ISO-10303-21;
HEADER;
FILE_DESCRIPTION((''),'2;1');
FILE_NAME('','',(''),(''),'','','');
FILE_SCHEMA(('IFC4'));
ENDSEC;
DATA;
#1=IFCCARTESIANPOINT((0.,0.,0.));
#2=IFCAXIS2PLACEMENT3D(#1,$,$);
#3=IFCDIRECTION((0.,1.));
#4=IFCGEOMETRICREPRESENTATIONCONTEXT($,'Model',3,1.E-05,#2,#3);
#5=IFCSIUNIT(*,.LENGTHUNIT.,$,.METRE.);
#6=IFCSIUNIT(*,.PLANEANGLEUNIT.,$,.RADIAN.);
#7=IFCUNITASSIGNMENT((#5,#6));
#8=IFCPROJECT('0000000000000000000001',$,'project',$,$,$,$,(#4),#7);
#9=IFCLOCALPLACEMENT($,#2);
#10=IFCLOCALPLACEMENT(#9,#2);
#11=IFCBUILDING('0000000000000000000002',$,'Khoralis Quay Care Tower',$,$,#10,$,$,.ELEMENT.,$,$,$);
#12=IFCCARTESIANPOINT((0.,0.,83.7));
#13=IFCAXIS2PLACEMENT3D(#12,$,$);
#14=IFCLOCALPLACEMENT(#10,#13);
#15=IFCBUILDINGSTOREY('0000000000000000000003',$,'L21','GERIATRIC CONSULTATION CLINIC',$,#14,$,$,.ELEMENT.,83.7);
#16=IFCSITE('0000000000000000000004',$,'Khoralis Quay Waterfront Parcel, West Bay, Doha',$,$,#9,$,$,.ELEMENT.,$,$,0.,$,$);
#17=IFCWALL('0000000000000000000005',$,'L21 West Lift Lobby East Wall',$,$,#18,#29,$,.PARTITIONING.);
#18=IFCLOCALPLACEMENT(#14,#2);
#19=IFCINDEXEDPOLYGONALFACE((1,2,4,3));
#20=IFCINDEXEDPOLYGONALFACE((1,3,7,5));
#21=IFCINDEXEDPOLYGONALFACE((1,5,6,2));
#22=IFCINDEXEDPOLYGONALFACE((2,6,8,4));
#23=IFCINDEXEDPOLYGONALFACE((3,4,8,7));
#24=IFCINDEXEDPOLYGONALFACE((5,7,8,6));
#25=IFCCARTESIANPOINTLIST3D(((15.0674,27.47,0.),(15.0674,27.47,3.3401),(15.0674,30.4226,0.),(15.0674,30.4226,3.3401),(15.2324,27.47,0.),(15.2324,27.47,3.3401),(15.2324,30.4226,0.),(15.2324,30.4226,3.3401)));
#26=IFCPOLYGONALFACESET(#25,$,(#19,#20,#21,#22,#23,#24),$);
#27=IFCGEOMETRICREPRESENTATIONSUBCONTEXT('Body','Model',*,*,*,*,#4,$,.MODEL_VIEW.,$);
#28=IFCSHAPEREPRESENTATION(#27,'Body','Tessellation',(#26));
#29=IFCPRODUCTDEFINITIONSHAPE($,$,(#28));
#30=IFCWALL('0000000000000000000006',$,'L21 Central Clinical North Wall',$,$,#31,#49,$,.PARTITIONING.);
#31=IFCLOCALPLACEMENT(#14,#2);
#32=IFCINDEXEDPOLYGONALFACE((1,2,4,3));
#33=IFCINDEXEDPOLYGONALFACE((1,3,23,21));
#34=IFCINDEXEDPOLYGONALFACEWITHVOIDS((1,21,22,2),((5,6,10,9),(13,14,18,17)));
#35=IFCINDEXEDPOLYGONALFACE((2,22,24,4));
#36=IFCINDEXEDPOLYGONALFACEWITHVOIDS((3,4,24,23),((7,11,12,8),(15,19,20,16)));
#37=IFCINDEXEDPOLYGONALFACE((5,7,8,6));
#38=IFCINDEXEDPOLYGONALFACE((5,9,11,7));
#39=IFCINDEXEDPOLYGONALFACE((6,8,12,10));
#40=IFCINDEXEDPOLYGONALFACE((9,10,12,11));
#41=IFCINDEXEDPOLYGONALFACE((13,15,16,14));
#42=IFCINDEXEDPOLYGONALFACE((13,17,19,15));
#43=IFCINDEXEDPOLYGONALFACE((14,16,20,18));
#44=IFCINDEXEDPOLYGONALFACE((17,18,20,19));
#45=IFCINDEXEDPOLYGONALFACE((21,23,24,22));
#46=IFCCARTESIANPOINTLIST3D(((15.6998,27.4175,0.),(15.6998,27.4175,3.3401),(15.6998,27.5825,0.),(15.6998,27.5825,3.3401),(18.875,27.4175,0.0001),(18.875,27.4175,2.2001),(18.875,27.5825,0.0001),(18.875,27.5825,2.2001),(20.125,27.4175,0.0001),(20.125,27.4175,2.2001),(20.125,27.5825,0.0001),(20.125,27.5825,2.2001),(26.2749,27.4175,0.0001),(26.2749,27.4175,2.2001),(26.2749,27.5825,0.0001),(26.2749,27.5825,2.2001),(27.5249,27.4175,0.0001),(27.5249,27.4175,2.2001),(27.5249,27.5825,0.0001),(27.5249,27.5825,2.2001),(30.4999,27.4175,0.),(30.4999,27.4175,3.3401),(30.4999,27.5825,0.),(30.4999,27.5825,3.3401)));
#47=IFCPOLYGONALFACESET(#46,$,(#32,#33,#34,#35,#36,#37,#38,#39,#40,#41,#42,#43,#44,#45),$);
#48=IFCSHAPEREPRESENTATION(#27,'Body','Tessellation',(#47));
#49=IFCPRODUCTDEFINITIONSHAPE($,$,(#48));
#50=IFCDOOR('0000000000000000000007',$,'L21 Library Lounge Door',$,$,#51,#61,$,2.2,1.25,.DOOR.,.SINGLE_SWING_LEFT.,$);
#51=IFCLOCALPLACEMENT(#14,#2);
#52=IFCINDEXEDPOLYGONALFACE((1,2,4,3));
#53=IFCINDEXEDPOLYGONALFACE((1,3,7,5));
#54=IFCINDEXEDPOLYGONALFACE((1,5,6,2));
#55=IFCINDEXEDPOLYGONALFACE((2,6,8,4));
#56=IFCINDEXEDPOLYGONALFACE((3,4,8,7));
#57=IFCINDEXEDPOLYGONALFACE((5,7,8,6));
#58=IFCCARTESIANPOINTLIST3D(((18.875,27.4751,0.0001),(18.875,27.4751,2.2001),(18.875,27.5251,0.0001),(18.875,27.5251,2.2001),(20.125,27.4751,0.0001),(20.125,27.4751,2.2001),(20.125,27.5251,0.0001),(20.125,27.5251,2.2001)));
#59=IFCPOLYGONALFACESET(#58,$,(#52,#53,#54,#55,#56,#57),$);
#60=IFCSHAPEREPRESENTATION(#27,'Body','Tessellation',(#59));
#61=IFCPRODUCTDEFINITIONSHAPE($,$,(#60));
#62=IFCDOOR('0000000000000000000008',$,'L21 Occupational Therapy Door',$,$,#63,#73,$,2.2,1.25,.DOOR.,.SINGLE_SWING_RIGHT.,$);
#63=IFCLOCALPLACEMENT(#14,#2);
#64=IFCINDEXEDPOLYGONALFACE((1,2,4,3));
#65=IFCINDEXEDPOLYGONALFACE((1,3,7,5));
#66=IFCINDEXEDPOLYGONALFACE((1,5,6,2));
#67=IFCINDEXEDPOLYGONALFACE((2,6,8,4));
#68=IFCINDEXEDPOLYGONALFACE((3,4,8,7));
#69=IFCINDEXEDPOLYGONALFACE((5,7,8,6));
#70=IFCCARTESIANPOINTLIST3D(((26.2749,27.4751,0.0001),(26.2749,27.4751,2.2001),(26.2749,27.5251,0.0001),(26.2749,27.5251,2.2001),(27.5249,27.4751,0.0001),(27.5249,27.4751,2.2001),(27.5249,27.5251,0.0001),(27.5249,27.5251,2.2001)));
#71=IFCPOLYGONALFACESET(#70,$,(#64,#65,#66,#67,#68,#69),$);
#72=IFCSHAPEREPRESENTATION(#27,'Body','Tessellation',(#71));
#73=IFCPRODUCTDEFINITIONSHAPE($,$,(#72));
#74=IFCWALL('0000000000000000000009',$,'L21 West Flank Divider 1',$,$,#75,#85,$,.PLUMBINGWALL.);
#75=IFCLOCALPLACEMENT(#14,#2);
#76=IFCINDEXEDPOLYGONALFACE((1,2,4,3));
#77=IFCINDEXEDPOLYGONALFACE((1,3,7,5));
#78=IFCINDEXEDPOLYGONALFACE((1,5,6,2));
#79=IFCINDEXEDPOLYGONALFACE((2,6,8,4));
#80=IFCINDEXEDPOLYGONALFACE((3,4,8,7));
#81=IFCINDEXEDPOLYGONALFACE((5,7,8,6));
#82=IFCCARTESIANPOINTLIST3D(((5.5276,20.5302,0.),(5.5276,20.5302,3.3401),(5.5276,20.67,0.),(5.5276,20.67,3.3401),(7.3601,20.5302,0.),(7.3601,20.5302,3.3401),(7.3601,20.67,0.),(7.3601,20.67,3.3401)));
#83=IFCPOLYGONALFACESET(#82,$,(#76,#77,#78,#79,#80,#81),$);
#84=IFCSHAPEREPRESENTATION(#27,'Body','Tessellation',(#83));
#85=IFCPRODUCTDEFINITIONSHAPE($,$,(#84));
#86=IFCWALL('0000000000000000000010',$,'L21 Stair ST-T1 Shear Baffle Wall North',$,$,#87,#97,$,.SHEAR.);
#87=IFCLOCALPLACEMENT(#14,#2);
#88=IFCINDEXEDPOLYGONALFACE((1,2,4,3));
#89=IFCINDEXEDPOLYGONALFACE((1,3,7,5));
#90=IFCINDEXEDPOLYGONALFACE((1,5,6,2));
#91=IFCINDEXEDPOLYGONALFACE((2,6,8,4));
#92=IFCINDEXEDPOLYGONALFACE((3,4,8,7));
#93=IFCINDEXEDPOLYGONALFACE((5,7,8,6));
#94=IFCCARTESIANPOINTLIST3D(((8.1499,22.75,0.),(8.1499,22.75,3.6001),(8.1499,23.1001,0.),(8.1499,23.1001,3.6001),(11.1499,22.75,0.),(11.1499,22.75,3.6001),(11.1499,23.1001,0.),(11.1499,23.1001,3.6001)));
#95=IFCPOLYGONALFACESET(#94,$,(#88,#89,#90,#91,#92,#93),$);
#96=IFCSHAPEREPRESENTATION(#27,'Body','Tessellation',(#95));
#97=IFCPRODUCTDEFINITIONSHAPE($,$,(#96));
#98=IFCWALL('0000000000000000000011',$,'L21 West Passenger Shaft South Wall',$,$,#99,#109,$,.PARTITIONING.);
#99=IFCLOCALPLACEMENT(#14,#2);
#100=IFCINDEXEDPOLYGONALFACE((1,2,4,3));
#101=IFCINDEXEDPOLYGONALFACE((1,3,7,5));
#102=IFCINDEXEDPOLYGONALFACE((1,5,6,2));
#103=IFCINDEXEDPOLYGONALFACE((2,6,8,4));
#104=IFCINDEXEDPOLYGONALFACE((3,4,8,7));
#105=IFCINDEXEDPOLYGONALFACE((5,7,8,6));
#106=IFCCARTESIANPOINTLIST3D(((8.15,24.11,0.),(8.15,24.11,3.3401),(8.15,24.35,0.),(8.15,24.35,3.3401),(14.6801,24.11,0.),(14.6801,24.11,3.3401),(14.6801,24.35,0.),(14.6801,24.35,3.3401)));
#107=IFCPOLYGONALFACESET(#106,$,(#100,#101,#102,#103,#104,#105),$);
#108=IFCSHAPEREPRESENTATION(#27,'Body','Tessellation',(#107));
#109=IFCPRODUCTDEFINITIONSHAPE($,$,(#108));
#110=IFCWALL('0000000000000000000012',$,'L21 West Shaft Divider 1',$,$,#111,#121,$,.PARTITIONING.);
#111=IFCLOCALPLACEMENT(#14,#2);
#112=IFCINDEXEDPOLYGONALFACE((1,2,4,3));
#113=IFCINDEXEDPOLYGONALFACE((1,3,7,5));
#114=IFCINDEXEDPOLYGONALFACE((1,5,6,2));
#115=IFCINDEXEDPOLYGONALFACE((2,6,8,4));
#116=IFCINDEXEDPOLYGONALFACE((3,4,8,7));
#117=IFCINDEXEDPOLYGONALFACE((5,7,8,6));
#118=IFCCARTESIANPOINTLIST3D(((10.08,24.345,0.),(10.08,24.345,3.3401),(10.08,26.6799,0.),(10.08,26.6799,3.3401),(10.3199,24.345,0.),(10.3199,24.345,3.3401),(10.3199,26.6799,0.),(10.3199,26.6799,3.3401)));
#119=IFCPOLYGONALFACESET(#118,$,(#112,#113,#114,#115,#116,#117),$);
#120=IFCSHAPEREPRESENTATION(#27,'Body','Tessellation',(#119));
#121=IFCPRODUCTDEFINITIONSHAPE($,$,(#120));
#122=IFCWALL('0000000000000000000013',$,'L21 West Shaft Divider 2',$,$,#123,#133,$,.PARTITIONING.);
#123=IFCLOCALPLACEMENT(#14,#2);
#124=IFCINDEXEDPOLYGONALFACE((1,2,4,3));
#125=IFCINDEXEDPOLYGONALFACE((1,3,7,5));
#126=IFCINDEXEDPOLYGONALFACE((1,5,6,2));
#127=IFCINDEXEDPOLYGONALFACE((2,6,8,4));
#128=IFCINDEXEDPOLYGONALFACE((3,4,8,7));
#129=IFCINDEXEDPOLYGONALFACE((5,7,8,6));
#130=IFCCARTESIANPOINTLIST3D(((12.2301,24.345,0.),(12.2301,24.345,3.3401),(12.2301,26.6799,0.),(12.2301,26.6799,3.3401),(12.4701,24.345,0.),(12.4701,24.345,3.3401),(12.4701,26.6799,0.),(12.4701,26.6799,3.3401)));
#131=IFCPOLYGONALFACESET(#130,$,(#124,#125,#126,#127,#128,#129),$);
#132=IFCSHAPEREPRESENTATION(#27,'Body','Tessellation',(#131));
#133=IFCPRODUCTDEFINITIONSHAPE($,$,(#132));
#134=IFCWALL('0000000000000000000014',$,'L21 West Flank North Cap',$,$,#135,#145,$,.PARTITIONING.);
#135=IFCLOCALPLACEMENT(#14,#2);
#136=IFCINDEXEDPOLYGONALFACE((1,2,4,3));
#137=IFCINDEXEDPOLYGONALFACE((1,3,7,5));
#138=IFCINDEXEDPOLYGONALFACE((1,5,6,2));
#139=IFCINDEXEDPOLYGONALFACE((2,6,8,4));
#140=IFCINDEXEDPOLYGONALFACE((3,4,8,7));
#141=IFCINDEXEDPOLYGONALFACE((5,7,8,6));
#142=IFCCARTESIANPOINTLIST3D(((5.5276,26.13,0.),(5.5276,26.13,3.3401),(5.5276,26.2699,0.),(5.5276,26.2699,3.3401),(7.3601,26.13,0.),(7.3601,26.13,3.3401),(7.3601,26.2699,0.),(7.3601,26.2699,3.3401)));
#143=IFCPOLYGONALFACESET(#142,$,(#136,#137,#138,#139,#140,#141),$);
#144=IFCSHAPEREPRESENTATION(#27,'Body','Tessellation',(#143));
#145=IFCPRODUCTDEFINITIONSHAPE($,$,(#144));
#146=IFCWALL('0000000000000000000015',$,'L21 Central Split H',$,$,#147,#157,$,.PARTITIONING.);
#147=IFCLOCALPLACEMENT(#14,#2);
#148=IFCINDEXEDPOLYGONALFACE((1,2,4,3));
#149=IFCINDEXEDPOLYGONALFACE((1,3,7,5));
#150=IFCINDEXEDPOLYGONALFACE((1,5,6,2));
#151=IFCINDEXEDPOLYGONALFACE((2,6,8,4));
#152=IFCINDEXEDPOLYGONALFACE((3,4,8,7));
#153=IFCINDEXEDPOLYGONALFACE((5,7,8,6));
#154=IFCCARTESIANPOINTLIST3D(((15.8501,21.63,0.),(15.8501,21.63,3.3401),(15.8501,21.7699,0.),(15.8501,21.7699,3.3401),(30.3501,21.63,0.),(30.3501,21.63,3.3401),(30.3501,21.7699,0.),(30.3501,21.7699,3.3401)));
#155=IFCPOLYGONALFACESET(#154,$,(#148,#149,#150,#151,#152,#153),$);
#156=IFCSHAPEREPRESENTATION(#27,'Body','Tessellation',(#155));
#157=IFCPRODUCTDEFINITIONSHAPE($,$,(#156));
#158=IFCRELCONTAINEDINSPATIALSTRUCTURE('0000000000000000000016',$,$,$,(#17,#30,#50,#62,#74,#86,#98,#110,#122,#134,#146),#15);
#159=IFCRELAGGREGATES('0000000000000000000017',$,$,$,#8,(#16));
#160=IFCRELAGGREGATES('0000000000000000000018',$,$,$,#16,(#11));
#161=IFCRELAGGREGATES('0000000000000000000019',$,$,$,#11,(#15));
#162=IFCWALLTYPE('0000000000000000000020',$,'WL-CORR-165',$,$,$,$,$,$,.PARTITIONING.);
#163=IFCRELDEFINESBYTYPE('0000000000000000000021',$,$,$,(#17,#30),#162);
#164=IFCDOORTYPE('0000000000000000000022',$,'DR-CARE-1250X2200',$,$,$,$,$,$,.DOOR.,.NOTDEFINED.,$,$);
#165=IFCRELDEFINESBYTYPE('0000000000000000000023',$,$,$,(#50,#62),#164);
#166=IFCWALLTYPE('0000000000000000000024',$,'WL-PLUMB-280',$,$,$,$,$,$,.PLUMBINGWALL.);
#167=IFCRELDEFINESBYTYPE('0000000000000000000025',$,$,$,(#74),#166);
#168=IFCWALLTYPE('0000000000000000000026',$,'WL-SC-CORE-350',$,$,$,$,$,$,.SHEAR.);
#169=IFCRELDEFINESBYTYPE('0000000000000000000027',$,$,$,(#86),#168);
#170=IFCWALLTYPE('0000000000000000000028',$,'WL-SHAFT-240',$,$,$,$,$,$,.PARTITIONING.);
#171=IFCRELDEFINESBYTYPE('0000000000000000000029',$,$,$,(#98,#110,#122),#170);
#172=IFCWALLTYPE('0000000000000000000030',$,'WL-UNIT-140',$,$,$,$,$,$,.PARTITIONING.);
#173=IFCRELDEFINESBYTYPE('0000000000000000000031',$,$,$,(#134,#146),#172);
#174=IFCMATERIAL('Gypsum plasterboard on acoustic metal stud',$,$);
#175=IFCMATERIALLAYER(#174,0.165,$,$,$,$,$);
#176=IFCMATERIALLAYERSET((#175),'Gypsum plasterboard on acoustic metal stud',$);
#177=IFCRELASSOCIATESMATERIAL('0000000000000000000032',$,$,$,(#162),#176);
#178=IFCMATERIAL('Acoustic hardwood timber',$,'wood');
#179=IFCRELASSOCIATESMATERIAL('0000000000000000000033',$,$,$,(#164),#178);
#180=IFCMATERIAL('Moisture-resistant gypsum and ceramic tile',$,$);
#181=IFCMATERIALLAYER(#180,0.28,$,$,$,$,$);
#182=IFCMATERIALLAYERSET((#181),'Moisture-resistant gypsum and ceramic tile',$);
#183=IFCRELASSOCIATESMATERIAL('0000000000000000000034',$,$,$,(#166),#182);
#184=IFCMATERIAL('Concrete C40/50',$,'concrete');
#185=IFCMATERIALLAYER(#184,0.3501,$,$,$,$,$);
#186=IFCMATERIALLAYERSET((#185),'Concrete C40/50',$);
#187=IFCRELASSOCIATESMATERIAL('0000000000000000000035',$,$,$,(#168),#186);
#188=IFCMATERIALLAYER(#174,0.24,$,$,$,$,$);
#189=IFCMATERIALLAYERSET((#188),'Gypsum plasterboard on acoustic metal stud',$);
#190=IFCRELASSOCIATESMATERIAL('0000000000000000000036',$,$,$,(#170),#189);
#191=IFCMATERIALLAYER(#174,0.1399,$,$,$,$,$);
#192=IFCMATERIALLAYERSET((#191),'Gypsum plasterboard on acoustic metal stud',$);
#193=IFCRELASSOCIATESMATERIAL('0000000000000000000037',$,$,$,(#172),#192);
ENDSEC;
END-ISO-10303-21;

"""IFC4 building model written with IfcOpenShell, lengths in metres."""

from ifc_helpers import new_model, si_unit, direction, frame, frame_2d, origin, place, context, subcontext, project, spatial, rectangle, extrude, source, transform, mapped, material, layer, layer_set, type_object, element, fill, save


model = new_model("IFC4")

# Units and contexts
model_context = context("Model", 3, precision=1e-05, world=origin(), true_north=direction((0.0, 1.0)))
body_context = subcontext(model_context, "Body", "Model", "MODEL_VIEW")
ifc_project = project(units=[si_unit("LENGTHUNIT", "METRE"), si_unit("PLANEANGLEUNIT", "RADIAN")], contexts=[model_context])

# Site, building, storey
site_placement = place(None, origin())
site = spatial("IfcSite", under=ifc_project, at=site_placement, Name="Khoralis Quay Waterfront Parcel, West Bay, Doha", CompositionType="ELEMENT", RefElevation=0.0)
building_placement = place(site_placement, origin())
building = spatial("IfcBuilding", under=site, at=building_placement, Name="Khoralis Quay Care Tower", CompositionType="ELEMENT")
storey_placement = place(building_placement, frame((0.0, 0.0, 83.7)))
storey = spatial("IfcBuildingStorey", under=building, at=storey_placement, Name="L21", Description="GERIATRIC CONSULTATION CLINIC", CompositionType="ELEMENT", Elevation=83.7)

# Wall
ifc_material_1 = material(Name="Gypsum plasterboard on acoustic metal stud")
ifc_layer_1 = layer(ifc_material_1, 0.165)
ifc_layer_set_1 = layer_set([ifc_layer_1], Name="Gypsum plasterboard on acoustic metal stud")
wall_type_1 = type_object("IfcWallType", Name="WL-CORR-165", PredefinedType="PARTITIONING", material=ifc_layer_set_1)
for number, where, z_axis, x_axis, name in (
    (1, (15.1499, 27.47, 0.0), (0.0, 0.0, 1.0), (0.0, 1.0, 0.0), "L21 West Lift Lobby East Wall"),
):
    element("IfcWall", number, at=place(storey_placement, frame(where, z_axis=z_axis, x_axis=x_axis)), inside=storey, type_object=wall_type_1, Name=name, PredefinedType="PARTITIONING", context=body_context, shape_type="SweptSolid", body=[
        extrude(rectangle(XDim=2.9526, YDim=0.165, at=frame_2d((1.4763, 0.0))), origin(), (0.0, 0.0, 1.0), 3.3401),
    ])

# Wall, openings, doors
wall_1_placement = place(storey_placement, frame((15.7, 27.5, 0.0), z_axis=(0.0, 0.0, 1.0), x_axis=(1.0, 0.0, 0.0)))
wall_1 = element("IfcWall", 2, at=wall_1_placement, inside=storey, type_object=wall_type_1, Name="L21 Central Clinical North Wall", PredefinedType="PARTITIONING", context=body_context, shape_type="SweptSolid", body=[
    extrude(rectangle(XDim=14.8, YDim=0.165, at=frame_2d((7.3999, 0.0))), origin(), (0.0, 0.0, 1.0), 3.3401),
])
opening_1_placement = place(wall_1_placement, frame((3.175, 0.0, 0.0)))
opening_1 = element("IfcOpeningElement", 3, at=opening_1_placement, cuts=wall_1, PredefinedType="OPENING", context=body_context, shape_type="SweptSolid", body=[
    extrude(rectangle(XDim=1.25, YDim=2.2, at=frame_2d((0.625, 1.1001))), frame((0.0, 0.0925, 0.0), z_axis=(0.0, -1.0, 0.0), x_axis=(1.0, 0.0, 0.0)), (0.0, 0.0, 1.0), 0.1851),
])
opening_2_placement = place(wall_1_placement, frame((10.575, 0.0, 0.0)))
opening_2 = element("IfcOpeningElement", 4, at=opening_2_placement, cuts=wall_1, PredefinedType="OPENING", context=body_context, shape_type="SweptSolid", body=[
    extrude(rectangle(XDim=1.25, YDim=2.2, at=frame_2d((0.625, 1.1001))), frame((0.0, 0.0925, 0.0), z_axis=(0.0, -1.0, 0.0), x_axis=(1.0, 0.0, 0.0)), (0.0, 0.0, 1.0), 0.1851),
])
ifc_material_2 = material(Name="Acoustic hardwood timber", Category="wood")
door_type_1 = type_object("IfcDoorType", Name="DR-CARE-1250X2200", OperationType="NOTDEFINED", PredefinedType="DOOR", material=ifc_material_2)
shared_shape_1 = source(origin(), body_context, "Body", "SweptSolid", [
    extrude(rectangle(XDim=1.25, YDim=2.2, at=frame_2d((0.625, 1.1001))), frame((0.0, 0.0249, 0.0), z_axis=(0.0, -1.0, 0.0), x_axis=(1.0, 0.0, 0.0)), (0.0, 0.0, 1.0), 0.05),
])
door_1_placement = place(opening_1_placement, frame((1.25, 0.0, 0.0), z_axis=(0.0, 0.0, 1.0), x_axis=(-1.0, 0.0, 0.0)))
door_1 = element("IfcDoor", 5, at=door_1_placement, inside=storey, type_object=door_type_1, Name="L21 Library Lounge Door", OperationType="SINGLE_SWING_LEFT", OverallHeight=2.2, OverallWidth=1.25, PredefinedType="DOOR", context=body_context, shape_type="MappedRepresentation", body=[
    mapped(shared_shape_1, transform((0.0, 0.0, 0.0), scale=1.0)),
])
fill(opening_1, door_1)
door_2_placement = place(opening_2_placement, frame((1.25, 0.0, 0.0), z_axis=(0.0, 0.0, 1.0), x_axis=(-1.0, 0.0, 0.0)))
door_2 = element("IfcDoor", 6, at=door_2_placement, inside=storey, type_object=door_type_1, Name="L21 Occupational Therapy Door", OperationType="SINGLE_SWING_RIGHT", OverallHeight=2.2, OverallWidth=1.25, PredefinedType="DOOR", context=body_context, shape_type="MappedRepresentation", body=[
    mapped(shared_shape_1, transform((0.0, 0.0, 0.0), scale=1.0)),
])
fill(opening_2, door_2)

# Walls
ifc_material_3 = material(Name="Moisture-resistant gypsum and ceramic tile")
ifc_layer_2 = layer(ifc_material_3, 0.28)
ifc_layer_set_2 = layer_set([ifc_layer_2], Name="Moisture-resistant gypsum and ceramic tile")
wall_type_2 = type_object("IfcWallType", Name="WL-PLUMB-280", PredefinedType="PLUMBINGWALL", material=ifc_layer_set_2)
wall_2_placement = place(storey_placement, frame((5.5276, 20.6001, 0.0), z_axis=(0.0, 0.0, 1.0), x_axis=(1.0, 0.0, 0.0)))
element("IfcWall", 7, at=wall_2_placement, inside=storey, type_object=wall_type_2, Name="L21 West Flank Divider 1", PredefinedType="PLUMBINGWALL", context=body_context, shape_type="SweptSolid", body=[
    extrude(rectangle(XDim=1.8325, YDim=0.1399, at=frame_2d((0.9163, 0.0))), origin(), (0.0, 0.0, 1.0), 3.3401),
])
ifc_material_4 = material(Name="Concrete C40/50", Category="concrete")
ifc_layer_3 = layer(ifc_material_4, 0.3501)
ifc_layer_set_3 = layer_set([ifc_layer_3], Name="Concrete C40/50")
wall_type_3 = type_object("IfcWallType", Name="WL-SC-CORE-350", PredefinedType="SHEAR", material=ifc_layer_set_3)
wall_3_placement = place(storey_placement, frame((8.1499, 22.925, 0.0), z_axis=(0.0, 0.0, 1.0), x_axis=(1.0, 0.0, 0.0)))
element("IfcWall", 8, at=wall_3_placement, inside=storey, type_object=wall_type_3, Name="L21 Stair ST-T1 Shear Baffle Wall North", PredefinedType="SHEAR", context=body_context, shape_type="SweptSolid", body=[
    extrude(rectangle(XDim=3.0, YDim=0.3501, at=frame_2d((1.5, 0.0))), origin(), (0.0, 0.0, 1.0), 3.6001),
])
ifc_layer_4 = layer(ifc_material_1, 0.24)
ifc_layer_set_4 = layer_set([ifc_layer_4], Name="Gypsum plasterboard on acoustic metal stud")
wall_type_4 = type_object("IfcWallType", Name="WL-SHAFT-240", PredefinedType="PARTITIONING", material=ifc_layer_set_4)
wall_4_placement = place(storey_placement, frame((8.1499, 24.23, 0.0), z_axis=(0.0, 0.0, 1.0), x_axis=(1.0, 0.0, 0.0)))
element("IfcWall", 9, at=wall_4_placement, inside=storey, type_object=wall_type_4, Name="L21 West Passenger Shaft South Wall", PredefinedType="PARTITIONING", context=body_context, shape_type="SweptSolid", body=[
    extrude(rectangle(XDim=6.53, YDim=0.24, at=frame_2d((3.2651, 0.0))), origin(), (0.0, 0.0, 1.0), 3.3401),
])
for number, where, z_axis, x_axis, name in (
    (10, (10.2, 24.345, 0.0), (0.0, 0.0, 1.0), (0.0, 1.0, 0.0), "L21 West Shaft Divider 1"),
    (11, (12.3501, 24.345, 0.0), (0.0, 0.0, 1.0), (0.0, 1.0, 0.0), "L21 West Shaft Divider 2"),
):
    element("IfcWall", number, at=place(storey_placement, frame(where, z_axis=z_axis, x_axis=x_axis)), inside=storey, type_object=wall_type_4, Name=name, PredefinedType="PARTITIONING", context=body_context, shape_type="SweptSolid", body=[
        extrude(rectangle(XDim=2.335, YDim=0.24, at=frame_2d((1.1675, 0.0))), origin(), (0.0, 0.0, 1.0), 3.3401),
    ])
ifc_layer_5 = layer(ifc_material_1, 0.1399)
ifc_layer_set_5 = layer_set([ifc_layer_5], Name="Gypsum plasterboard on acoustic metal stud")
wall_type_5 = type_object("IfcWallType", Name="WL-UNIT-140", PredefinedType="PARTITIONING", material=ifc_layer_set_5)
wall_5_placement = place(storey_placement, frame((5.5276, 26.2, 0.0), z_axis=(0.0, 0.0, 1.0), x_axis=(1.0, 0.0, 0.0)))
element("IfcWall", 12, at=wall_5_placement, inside=storey, type_object=wall_type_5, Name="L21 West Flank North Cap", PredefinedType="PARTITIONING", context=body_context, shape_type="SweptSolid", body=[
    extrude(rectangle(XDim=1.8325, YDim=0.1399, at=frame_2d((0.9163, 0.0))), origin(), (0.0, 0.0, 1.0), 3.3401),
])
wall_6_placement = place(storey_placement, frame((15.8501, 21.7, 0.0), z_axis=(0.0, 0.0, 1.0), x_axis=(1.0, 0.0, 0.0)))
element("IfcWall", 13, at=wall_6_placement, inside=storey, type_object=wall_type_5, Name="L21 Central Split H", PredefinedType="PARTITIONING", context=body_context, shape_type="SweptSolid", body=[
    extrude(rectangle(XDim=14.5, YDim=0.1399, at=frame_2d((7.25, 0.0))), origin(), (0.0, 0.0, 1.0), 3.3401),
])

save(model, "model.ifc")
